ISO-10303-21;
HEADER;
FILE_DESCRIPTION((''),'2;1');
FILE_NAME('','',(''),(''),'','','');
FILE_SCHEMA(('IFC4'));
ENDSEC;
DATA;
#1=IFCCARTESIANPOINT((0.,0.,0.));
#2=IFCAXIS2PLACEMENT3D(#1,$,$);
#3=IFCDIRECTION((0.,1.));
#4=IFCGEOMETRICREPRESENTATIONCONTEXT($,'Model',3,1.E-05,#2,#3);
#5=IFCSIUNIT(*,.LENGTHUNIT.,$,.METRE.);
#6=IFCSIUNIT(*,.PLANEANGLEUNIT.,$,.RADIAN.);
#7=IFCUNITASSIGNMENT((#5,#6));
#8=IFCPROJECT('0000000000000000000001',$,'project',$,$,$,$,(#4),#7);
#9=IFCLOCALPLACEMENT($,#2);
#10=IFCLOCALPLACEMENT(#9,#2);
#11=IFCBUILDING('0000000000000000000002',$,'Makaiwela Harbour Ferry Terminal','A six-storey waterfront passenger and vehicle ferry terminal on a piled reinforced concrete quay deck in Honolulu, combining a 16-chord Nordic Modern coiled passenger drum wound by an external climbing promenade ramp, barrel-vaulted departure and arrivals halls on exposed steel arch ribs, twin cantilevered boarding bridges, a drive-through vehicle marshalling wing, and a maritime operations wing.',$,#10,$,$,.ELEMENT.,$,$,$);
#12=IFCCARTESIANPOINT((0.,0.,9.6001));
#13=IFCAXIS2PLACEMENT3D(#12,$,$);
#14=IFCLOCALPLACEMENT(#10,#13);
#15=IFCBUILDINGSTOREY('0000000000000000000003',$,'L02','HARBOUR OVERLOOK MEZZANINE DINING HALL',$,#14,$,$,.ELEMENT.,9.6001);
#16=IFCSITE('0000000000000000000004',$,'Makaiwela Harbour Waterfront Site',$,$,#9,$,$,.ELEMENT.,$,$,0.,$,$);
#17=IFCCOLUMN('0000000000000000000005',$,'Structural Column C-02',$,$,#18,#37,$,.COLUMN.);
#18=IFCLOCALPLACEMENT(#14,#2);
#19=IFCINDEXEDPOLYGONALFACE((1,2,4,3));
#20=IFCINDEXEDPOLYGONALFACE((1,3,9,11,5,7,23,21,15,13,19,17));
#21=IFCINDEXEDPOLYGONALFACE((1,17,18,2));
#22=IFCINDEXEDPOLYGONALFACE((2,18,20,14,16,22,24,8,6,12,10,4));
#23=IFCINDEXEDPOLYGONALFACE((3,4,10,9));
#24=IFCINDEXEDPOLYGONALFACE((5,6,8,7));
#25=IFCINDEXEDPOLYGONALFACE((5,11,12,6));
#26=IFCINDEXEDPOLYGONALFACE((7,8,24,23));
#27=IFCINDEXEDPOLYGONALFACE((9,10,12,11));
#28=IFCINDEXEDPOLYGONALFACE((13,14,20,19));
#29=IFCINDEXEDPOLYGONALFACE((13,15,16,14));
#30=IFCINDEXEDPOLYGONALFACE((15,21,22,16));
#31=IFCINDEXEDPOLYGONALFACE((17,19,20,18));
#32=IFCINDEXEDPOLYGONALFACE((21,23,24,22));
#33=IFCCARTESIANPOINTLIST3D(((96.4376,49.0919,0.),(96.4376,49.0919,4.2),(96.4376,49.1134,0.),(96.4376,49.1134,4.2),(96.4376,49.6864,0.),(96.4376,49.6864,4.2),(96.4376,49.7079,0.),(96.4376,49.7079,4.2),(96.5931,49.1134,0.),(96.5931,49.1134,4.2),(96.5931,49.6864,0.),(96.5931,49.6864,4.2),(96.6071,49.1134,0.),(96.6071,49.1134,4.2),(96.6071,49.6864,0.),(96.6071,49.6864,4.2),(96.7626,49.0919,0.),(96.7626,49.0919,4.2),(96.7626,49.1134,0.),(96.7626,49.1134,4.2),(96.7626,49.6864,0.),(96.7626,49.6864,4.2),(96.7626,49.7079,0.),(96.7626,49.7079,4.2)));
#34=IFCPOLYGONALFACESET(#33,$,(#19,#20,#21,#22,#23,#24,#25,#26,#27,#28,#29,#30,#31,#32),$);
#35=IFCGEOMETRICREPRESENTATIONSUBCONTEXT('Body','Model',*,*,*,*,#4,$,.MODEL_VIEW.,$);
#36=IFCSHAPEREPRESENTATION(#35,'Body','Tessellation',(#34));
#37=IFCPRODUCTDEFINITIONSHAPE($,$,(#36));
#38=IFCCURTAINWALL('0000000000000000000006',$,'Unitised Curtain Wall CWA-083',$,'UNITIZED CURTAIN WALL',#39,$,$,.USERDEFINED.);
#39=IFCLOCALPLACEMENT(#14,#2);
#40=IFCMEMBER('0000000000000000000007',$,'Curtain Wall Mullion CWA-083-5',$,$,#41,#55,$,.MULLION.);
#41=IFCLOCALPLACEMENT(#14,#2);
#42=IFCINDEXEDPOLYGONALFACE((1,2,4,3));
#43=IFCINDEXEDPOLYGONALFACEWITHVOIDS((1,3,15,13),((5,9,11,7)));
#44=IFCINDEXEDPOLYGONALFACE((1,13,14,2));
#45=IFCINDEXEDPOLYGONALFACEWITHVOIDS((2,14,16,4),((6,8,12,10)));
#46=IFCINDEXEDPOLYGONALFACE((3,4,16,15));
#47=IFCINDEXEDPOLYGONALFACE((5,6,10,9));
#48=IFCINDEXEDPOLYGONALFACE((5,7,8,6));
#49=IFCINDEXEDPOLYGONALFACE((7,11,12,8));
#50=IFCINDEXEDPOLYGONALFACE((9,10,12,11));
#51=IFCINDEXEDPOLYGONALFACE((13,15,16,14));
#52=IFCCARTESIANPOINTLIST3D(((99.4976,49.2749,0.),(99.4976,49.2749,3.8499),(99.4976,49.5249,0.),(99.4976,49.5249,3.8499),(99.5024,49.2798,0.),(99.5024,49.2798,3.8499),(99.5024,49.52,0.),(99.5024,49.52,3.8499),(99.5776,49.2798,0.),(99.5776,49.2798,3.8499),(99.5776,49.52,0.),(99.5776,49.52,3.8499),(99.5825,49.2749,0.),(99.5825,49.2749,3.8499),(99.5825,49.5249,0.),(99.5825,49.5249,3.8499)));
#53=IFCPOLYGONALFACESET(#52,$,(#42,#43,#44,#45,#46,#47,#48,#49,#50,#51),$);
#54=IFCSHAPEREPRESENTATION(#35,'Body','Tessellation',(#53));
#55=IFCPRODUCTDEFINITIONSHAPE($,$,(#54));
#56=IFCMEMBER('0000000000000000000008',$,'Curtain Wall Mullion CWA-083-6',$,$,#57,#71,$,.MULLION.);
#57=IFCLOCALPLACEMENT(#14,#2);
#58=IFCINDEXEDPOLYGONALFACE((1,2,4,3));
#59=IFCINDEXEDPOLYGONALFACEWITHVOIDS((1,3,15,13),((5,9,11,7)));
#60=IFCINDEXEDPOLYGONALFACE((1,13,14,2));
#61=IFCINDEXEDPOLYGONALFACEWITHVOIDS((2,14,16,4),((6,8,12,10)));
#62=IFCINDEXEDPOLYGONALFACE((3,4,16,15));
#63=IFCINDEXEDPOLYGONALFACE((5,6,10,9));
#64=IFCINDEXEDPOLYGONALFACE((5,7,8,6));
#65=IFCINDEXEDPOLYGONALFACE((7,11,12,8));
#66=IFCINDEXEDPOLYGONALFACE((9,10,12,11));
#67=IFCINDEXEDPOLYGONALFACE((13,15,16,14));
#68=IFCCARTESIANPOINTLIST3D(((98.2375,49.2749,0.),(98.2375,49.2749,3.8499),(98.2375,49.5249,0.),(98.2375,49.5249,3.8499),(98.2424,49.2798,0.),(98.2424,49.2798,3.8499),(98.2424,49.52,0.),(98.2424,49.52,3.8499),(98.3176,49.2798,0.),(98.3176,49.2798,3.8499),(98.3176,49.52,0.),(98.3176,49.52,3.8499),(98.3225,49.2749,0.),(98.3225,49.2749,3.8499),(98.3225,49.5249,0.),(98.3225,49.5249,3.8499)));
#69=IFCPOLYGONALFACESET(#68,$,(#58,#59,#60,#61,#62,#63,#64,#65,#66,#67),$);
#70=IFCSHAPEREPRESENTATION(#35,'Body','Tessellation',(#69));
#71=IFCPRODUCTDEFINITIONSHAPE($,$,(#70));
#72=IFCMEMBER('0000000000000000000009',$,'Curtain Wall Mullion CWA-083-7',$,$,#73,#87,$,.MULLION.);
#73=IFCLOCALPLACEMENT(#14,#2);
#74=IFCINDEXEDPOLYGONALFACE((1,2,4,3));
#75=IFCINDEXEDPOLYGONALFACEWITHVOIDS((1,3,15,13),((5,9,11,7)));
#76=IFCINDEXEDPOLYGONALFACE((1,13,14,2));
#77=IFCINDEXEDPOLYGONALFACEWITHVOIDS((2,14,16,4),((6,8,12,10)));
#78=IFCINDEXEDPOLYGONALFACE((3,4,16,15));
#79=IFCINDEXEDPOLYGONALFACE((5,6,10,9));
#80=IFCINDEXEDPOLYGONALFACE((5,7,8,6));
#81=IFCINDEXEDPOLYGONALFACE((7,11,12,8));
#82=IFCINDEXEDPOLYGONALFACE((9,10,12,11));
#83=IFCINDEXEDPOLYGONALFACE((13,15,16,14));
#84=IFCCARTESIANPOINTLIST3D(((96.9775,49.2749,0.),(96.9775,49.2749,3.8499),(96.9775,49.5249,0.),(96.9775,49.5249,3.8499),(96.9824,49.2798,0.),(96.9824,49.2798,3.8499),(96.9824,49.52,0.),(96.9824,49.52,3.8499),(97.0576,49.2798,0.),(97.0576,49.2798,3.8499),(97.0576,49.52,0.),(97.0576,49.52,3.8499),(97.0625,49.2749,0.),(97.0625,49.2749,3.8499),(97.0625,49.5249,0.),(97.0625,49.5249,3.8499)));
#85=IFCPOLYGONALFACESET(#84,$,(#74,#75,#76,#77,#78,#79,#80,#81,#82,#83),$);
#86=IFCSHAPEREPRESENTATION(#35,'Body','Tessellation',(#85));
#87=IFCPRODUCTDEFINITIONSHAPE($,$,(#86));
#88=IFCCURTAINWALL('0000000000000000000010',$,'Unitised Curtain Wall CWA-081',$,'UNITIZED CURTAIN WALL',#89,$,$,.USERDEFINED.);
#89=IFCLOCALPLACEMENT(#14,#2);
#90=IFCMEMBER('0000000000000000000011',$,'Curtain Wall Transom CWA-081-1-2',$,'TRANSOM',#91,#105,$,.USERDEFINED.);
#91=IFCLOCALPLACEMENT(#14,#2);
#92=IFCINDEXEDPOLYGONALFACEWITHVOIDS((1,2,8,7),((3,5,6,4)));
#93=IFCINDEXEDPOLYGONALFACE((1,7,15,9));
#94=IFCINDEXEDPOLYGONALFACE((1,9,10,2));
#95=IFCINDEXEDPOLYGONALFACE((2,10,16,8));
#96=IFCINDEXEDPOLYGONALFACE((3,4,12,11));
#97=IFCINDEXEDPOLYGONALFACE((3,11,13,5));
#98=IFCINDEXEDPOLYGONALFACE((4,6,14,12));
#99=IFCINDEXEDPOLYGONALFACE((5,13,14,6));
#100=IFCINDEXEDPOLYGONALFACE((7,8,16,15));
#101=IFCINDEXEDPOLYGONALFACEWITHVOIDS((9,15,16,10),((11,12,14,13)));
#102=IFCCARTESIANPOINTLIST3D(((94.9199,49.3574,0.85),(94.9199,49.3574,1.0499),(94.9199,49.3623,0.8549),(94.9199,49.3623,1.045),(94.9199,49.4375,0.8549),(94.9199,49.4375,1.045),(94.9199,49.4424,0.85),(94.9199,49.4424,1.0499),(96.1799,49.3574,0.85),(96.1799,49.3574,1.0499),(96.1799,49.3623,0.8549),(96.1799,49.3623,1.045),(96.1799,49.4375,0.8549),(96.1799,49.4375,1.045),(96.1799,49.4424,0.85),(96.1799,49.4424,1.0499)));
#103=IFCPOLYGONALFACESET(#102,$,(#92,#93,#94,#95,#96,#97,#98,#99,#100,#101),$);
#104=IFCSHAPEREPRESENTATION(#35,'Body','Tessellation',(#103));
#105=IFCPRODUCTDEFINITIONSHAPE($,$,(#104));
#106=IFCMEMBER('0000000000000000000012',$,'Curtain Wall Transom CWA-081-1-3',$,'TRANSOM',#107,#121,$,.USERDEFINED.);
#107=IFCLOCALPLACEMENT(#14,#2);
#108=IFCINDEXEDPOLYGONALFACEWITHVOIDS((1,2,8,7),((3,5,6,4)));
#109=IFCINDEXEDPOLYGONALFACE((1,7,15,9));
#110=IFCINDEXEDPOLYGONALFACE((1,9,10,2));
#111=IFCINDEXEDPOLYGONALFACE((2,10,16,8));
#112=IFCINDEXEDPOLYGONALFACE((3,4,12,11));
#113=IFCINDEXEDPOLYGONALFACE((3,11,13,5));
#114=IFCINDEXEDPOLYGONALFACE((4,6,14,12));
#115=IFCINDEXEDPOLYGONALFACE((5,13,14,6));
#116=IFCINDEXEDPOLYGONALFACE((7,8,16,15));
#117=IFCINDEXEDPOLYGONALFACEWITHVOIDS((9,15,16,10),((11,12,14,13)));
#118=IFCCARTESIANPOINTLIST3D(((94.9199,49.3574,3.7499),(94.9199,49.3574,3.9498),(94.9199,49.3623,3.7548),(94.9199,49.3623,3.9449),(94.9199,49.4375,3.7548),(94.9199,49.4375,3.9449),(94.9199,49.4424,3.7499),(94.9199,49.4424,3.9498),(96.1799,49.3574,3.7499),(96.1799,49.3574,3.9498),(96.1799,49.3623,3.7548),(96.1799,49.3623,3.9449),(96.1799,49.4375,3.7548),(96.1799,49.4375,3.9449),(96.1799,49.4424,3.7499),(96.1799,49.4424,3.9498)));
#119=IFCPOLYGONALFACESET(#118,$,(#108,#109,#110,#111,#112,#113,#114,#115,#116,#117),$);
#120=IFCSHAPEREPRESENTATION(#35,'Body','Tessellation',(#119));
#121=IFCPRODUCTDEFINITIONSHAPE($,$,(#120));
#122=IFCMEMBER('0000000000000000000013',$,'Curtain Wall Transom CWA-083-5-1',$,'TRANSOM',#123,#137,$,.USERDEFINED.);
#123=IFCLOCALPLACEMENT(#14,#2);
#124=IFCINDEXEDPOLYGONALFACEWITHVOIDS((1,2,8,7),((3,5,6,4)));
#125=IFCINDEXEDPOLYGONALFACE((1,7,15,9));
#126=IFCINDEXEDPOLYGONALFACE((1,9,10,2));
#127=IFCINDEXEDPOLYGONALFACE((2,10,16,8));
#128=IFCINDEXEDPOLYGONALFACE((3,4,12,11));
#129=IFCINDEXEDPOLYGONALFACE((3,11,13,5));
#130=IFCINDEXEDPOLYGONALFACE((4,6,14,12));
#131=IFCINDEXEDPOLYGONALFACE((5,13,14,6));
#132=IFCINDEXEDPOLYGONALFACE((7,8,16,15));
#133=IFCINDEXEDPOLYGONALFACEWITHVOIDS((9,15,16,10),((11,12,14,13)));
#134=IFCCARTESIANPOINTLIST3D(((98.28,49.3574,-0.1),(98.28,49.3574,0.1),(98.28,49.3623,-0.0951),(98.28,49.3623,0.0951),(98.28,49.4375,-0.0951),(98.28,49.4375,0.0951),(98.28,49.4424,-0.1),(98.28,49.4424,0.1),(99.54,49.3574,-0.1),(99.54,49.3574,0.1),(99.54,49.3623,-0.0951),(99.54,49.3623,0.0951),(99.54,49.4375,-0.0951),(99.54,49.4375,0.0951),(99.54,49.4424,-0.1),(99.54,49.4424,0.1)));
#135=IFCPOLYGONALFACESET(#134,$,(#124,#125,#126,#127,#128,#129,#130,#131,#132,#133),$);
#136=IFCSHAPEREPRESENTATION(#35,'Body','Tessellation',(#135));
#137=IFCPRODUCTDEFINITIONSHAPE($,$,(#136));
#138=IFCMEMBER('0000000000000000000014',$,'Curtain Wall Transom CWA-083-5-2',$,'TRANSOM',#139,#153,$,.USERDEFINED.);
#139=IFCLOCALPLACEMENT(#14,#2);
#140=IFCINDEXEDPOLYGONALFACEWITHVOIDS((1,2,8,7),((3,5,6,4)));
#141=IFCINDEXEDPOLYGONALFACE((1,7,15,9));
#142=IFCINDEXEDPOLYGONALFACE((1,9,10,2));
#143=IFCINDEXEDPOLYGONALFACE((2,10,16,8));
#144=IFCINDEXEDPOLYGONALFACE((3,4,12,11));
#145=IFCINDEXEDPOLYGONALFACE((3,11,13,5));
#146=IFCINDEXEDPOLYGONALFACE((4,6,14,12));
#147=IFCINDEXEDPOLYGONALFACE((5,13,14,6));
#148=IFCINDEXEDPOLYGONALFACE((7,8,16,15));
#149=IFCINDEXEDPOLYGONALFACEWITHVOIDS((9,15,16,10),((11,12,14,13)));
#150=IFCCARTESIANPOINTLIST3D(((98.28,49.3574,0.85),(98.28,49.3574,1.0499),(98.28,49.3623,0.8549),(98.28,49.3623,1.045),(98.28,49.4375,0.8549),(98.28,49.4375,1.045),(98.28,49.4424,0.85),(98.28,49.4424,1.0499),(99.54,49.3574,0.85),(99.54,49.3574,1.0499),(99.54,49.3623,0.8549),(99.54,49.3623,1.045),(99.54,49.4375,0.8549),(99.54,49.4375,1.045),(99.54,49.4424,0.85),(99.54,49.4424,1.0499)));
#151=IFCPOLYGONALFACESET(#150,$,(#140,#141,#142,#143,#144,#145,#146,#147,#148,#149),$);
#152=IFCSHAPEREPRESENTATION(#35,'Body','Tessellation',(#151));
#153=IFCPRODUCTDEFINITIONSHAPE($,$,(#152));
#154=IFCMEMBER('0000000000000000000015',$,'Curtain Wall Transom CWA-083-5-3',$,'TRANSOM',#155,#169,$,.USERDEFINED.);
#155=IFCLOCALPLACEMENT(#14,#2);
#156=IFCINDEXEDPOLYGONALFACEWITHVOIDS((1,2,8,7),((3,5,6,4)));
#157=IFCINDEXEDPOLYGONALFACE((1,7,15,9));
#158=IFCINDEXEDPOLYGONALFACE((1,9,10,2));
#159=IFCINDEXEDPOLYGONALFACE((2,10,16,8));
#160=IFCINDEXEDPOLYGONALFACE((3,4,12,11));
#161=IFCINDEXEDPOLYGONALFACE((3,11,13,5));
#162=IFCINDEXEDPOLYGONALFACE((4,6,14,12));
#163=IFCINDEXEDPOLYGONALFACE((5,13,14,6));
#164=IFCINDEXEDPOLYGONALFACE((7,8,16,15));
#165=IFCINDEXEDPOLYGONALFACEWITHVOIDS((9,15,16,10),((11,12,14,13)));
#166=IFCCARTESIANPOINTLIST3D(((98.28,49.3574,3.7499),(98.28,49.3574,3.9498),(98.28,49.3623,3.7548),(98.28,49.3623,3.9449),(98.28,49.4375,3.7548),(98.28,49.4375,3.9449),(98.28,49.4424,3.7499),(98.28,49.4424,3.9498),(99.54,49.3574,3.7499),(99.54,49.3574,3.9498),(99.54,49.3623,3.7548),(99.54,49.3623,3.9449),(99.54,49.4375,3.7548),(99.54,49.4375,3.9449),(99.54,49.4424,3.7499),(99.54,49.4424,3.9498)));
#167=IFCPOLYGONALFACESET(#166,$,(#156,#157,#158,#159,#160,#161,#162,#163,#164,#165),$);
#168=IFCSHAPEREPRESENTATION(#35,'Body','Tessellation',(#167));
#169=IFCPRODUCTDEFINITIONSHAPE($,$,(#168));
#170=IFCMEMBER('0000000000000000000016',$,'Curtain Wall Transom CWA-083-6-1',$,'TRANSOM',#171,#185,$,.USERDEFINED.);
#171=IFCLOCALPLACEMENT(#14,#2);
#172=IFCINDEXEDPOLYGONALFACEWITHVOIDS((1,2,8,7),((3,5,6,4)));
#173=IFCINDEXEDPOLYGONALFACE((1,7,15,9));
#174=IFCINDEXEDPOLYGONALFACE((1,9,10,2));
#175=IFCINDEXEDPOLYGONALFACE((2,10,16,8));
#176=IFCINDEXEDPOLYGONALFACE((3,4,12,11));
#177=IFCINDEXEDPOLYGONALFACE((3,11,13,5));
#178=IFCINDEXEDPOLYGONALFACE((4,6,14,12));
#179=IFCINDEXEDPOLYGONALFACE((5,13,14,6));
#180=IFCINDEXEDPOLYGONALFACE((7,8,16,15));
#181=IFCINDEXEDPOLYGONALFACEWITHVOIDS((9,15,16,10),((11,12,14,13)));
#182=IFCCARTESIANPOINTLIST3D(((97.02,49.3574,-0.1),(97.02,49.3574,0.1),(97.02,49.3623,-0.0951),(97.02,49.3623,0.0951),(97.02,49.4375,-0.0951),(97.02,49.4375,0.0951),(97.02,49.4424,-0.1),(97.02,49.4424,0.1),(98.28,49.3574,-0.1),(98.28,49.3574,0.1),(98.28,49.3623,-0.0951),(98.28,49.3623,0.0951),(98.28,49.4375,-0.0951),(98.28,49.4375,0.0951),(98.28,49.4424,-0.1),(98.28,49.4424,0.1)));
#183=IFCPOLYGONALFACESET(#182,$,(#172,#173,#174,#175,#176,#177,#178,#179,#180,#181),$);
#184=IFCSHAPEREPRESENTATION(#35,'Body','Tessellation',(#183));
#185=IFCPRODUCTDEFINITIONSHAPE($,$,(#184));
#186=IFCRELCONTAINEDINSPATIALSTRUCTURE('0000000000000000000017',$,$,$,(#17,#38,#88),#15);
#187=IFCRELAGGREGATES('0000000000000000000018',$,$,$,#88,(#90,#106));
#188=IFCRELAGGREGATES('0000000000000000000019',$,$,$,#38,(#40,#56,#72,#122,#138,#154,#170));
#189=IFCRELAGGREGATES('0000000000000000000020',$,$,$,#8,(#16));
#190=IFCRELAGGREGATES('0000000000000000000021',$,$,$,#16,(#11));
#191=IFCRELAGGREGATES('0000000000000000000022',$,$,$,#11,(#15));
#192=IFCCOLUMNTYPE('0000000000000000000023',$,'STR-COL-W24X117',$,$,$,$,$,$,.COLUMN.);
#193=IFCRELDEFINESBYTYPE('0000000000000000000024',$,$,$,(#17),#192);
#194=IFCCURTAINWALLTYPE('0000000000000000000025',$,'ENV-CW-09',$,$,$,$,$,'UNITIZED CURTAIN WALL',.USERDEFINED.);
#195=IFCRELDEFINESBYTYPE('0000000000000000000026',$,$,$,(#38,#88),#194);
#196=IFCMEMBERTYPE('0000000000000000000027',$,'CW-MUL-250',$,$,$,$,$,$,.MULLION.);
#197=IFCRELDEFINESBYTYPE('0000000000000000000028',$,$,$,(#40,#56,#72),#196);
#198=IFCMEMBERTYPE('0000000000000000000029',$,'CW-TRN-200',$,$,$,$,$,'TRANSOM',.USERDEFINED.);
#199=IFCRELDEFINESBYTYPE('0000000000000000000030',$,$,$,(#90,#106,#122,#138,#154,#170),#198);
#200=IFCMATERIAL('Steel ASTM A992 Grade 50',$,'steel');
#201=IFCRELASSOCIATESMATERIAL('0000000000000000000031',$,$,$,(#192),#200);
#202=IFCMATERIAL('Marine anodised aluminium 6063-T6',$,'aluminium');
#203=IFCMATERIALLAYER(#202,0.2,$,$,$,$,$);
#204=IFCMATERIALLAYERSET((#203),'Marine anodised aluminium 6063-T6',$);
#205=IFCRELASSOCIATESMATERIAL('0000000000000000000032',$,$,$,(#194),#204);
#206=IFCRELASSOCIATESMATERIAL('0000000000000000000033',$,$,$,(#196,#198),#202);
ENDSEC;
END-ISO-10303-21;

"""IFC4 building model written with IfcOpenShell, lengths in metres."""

from ifc_helpers import new_model, si_unit, direction, frame, origin, origin_2d, place, context, subcontext, project, spatial, hollow_rectangle, i_section, extrude, material, layer, layer_set, material_profile, profile_set, type_object, element, aggregate, save


model = new_model("IFC4")

# Units and contexts
model_context = context("Model", 3, precision=1e-05, world=origin(), true_north=direction((0.0, 1.0)))
body_context = subcontext(model_context, "Body", "Model", "MODEL_VIEW")
ifc_project = project(units=[si_unit("LENGTHUNIT", "METRE"), si_unit("PLANEANGLEUNIT", "RADIAN")], contexts=[model_context])

# Site, building, storey
site_placement = place(None, origin())
site = spatial("IfcSite", under=ifc_project, at=site_placement, Name="Makaiwela Harbour Waterfront Site", CompositionType="ELEMENT", RefElevation=0.0)
building_placement = place(site_placement, origin())
building = spatial("IfcBuilding", under=site, at=building_placement, Name="Makaiwela Harbour Ferry Terminal", Description="A six-storey waterfront passenger and vehicle ferry terminal on a piled reinforced concrete quay deck in Honolulu, combining a 16-chord Nordic Modern coiled passenger drum wound by an external climbing promenade ramp, barrel-vaulted departure and arrivals halls on exposed steel arch ribs, twin cantilevered boarding bridges, a drive-through vehicle marshalling wing, and a maritime operations wing.", CompositionType="ELEMENT")
storey_placement = place(building_placement, frame((0.0, 0.0, 9.6001)))
storey = spatial("IfcBuildingStorey", under=building, at=storey_placement, Name="L02", Description="HARBOUR OVERLOOK MEZZANINE DINING HALL", CompositionType="ELEMENT", Elevation=9.6001)

# Column
ifc_material_1 = material(Name="Steel ASTM A992 Grade 50", Category="steel")
ifc_material_profile_1 = material_profile(ifc_material_1, i_section(OverallWidth=0.325, OverallDepth=0.616, WebThickness=0.0139, FlangeThickness=0.0215, at=origin_2d()), Name="W24X117")
ifc_profile_set_1 = profile_set([ifc_material_profile_1], Name="Steel ASTM A992 Grade 50")
column_type = type_object("IfcColumnType", Name="STR-COL-W24X117", PredefinedType="COLUMN", material=ifc_profile_set_1)
column_placement = place(storey_placement, frame((96.6001, 49.3999, 0.0), z_axis=(0.0, 0.0, 1.0), x_axis=(1.0, 0.0, 0.0)))
element("IfcColumn", 1, at=column_placement, inside=storey, type_object=column_type, Name="Structural Column C-02", PredefinedType="COLUMN", context=body_context, shape_type="SweptSolid", body=[
    extrude(i_section(OverallWidth=0.325, OverallDepth=0.616, WebThickness=0.0139, FlangeThickness=0.0215, at=origin_2d()), origin(), (0.0, 0.0, 1.0), 4.2),
])

# Curtain walls, members
ifc_material_2 = material(Name="Marine anodised aluminium 6063-T6", Category="aluminium")
ifc_layer_1 = layer(ifc_material_2, 0.2)
ifc_layer_set_1 = layer_set([ifc_layer_1], Name="Marine anodised aluminium 6063-T6")
curtain_wall_type = type_object("IfcCurtainWallType", Name="ENV-CW-09", ElementType="UNITIZED CURTAIN WALL", PredefinedType="USERDEFINED", material=ifc_layer_set_1)
curtain_wall_1_placement = place(storey_placement, origin())
curtain_wall_1 = element("IfcCurtainWall", 2, at=curtain_wall_1_placement, inside=storey, type_object=curtain_wall_type, Name="Unitised Curtain Wall CWA-083", ObjectType="UNITIZED CURTAIN WALL", PredefinedType="USERDEFINED")
ifc_material_profile_2 = material_profile(ifc_material_2, hollow_rectangle(XDim=0.085, YDim=0.25, WallThickness=0.0049, at=origin_2d()), Name="CWM-250X85")
ifc_profile_set_2 = profile_set([ifc_material_profile_2], Name="Marine anodised aluminium 6063-T6")
member_type_1 = type_object("IfcMemberType", Name="CW-MUL-250", PredefinedType="MULLION", material=ifc_profile_set_2)
member_1_placement = place(storey_placement, frame((99.54, 49.3999, 0.0), z_axis=(0.0, 0.0, 1.0), x_axis=(1.0, 0.0, 0.0)))
member_1 = element("IfcMember", 3, at=member_1_placement, type_object=member_type_1, Name="Curtain Wall Mullion CWA-083-5", PredefinedType="MULLION", context=body_context, shape_type="SweptSolid", body=[
    extrude(hollow_rectangle(XDim=0.085, YDim=0.25, WallThickness=0.0049, at=origin_2d()), origin(), (0.0, 0.0, 1.0), 3.8499),
])
member_2_placement = place(storey_placement, frame((98.28, 49.3999, 0.0), z_axis=(0.0, 0.0, 1.0), x_axis=(1.0, 0.0, 0.0)))
member_2 = element("IfcMember", 4, at=member_2_placement, type_object=member_type_1, Name="Curtain Wall Mullion CWA-083-6", PredefinedType="MULLION", context=body_context, shape_type="SweptSolid", body=[
    extrude(hollow_rectangle(XDim=0.085, YDim=0.25, WallThickness=0.0049, at=origin_2d()), origin(), (0.0, 0.0, 1.0), 3.8499),
])
member_3_placement = place(storey_placement, frame((97.02, 49.3999, 0.0), z_axis=(0.0, 0.0, 1.0), x_axis=(1.0, 0.0, 0.0)))
member_3 = element("IfcMember", 5, at=member_3_placement, type_object=member_type_1, Name="Curtain Wall Mullion CWA-083-7", PredefinedType="MULLION", context=body_context, shape_type="SweptSolid", body=[
    extrude(hollow_rectangle(XDim=0.085, YDim=0.25, WallThickness=0.0049, at=origin_2d()), origin(), (0.0, 0.0, 1.0), 3.8499),
])
curtain_wall_2_placement = place(storey_placement, origin())
curtain_wall_2 = element("IfcCurtainWall", 6, at=curtain_wall_2_placement, inside=storey, type_object=curtain_wall_type, Name="Unitised Curtain Wall CWA-081", ObjectType="UNITIZED CURTAIN WALL", PredefinedType="USERDEFINED")
ifc_material_profile_3 = material_profile(ifc_material_2, hollow_rectangle(XDim=0.085, YDim=0.2, WallThickness=0.0049, at=origin_2d()), Name="CWT-200X85")
ifc_profile_set_3 = profile_set([ifc_material_profile_3], Name="Marine anodised aluminium 6063-T6")
member_type_2 = type_object("IfcMemberType", Name="CW-TRN-200", ElementType="TRANSOM", PredefinedType="USERDEFINED", material=ifc_profile_set_3)
member_4_placement = place(storey_placement, frame((96.1799, 49.3999, 0.95), z_axis=(-1.0, 0.0, 0.0), x_axis=(0.0, -1.0, 0.0)))
member_4 = element("IfcMember", 7, at=member_4_placement, type_object=member_type_2, Name="Curtain Wall Transom CWA-081-1-2", ObjectType="TRANSOM", PredefinedType="USERDEFINED", context=body_context, shape_type="SweptSolid", body=[
    extrude(hollow_rectangle(XDim=0.085, YDim=0.2, WallThickness=0.0049, at=origin_2d()), origin(), (0.0, 0.0, 1.0), 1.26),
])
member_5_placement = place(storey_placement, frame((96.1799, 49.3999, 3.8499), z_axis=(-1.0, 0.0, 0.0), x_axis=(0.0, -1.0, 0.0)))
member_5 = element("IfcMember", 8, at=member_5_placement, type_object=member_type_2, Name="Curtain Wall Transom CWA-081-1-3", ObjectType="TRANSOM", PredefinedType="USERDEFINED", context=body_context, shape_type="SweptSolid", body=[
    extrude(hollow_rectangle(XDim=0.085, YDim=0.2, WallThickness=0.0049, at=origin_2d()), origin(), (0.0, 0.0, 1.0), 1.26),
])
aggregate(curtain_wall_2, [member_4, member_5])

# Members
member_6_placement = place(storey_placement, frame((99.54, 49.3999, 0.0), z_axis=(-1.0, 0.0, 0.0), x_axis=(0.0, -1.0, 0.0)))
member_6 = element("IfcMember", 9, at=member_6_placement, type_object=member_type_2, Name="Curtain Wall Transom CWA-083-5-1", ObjectType="TRANSOM", PredefinedType="USERDEFINED", context=body_context, shape_type="SweptSolid", body=[
    extrude(hollow_rectangle(XDim=0.085, YDim=0.2, WallThickness=0.0049, at=origin_2d()), origin(), (0.0, 0.0, 1.0), 1.26),
])
member_7_placement = place(storey_placement, frame((99.54, 49.3999, 0.95), z_axis=(-1.0, 0.0, 0.0), x_axis=(0.0, -1.0, 0.0)))
member_7 = element("IfcMember", 10, at=member_7_placement, type_object=member_type_2, Name="Curtain Wall Transom CWA-083-5-2", ObjectType="TRANSOM", PredefinedType="USERDEFINED", context=body_context, shape_type="SweptSolid", body=[
    extrude(hollow_rectangle(XDim=0.085, YDim=0.2, WallThickness=0.0049, at=origin_2d()), origin(), (0.0, 0.0, 1.0), 1.26),
])
member_8_placement = place(storey_placement, frame((99.54, 49.3999, 3.8499), z_axis=(-1.0, 0.0, 0.0), x_axis=(0.0, -1.0, 0.0)))
member_8 = element("IfcMember", 11, at=member_8_placement, type_object=member_type_2, Name="Curtain Wall Transom CWA-083-5-3", ObjectType="TRANSOM", PredefinedType="USERDEFINED", context=body_context, shape_type="SweptSolid", body=[
    extrude(hollow_rectangle(XDim=0.085, YDim=0.2, WallThickness=0.0049, at=origin_2d()), origin(), (0.0, 0.0, 1.0), 1.26),
])
member_9_placement = place(storey_placement, frame((98.28, 49.3999, 0.0), z_axis=(-1.0, 0.0, 0.0), x_axis=(0.0, -1.0, 0.0)))
member_9 = element("IfcMember", 12, at=member_9_placement, type_object=member_type_2, Name="Curtain Wall Transom CWA-083-6-1", ObjectType="TRANSOM", PredefinedType="USERDEFINED", context=body_context, shape_type="SweptSolid", body=[
    extrude(hollow_rectangle(XDim=0.085, YDim=0.2, WallThickness=0.0049, at=origin_2d()), origin(), (0.0, 0.0, 1.0), 1.26),
])

aggregate(curtain_wall_1, [member_1, member_2, member_3, member_6, member_7, member_8, member_9])

save(model, "model.ifc")
